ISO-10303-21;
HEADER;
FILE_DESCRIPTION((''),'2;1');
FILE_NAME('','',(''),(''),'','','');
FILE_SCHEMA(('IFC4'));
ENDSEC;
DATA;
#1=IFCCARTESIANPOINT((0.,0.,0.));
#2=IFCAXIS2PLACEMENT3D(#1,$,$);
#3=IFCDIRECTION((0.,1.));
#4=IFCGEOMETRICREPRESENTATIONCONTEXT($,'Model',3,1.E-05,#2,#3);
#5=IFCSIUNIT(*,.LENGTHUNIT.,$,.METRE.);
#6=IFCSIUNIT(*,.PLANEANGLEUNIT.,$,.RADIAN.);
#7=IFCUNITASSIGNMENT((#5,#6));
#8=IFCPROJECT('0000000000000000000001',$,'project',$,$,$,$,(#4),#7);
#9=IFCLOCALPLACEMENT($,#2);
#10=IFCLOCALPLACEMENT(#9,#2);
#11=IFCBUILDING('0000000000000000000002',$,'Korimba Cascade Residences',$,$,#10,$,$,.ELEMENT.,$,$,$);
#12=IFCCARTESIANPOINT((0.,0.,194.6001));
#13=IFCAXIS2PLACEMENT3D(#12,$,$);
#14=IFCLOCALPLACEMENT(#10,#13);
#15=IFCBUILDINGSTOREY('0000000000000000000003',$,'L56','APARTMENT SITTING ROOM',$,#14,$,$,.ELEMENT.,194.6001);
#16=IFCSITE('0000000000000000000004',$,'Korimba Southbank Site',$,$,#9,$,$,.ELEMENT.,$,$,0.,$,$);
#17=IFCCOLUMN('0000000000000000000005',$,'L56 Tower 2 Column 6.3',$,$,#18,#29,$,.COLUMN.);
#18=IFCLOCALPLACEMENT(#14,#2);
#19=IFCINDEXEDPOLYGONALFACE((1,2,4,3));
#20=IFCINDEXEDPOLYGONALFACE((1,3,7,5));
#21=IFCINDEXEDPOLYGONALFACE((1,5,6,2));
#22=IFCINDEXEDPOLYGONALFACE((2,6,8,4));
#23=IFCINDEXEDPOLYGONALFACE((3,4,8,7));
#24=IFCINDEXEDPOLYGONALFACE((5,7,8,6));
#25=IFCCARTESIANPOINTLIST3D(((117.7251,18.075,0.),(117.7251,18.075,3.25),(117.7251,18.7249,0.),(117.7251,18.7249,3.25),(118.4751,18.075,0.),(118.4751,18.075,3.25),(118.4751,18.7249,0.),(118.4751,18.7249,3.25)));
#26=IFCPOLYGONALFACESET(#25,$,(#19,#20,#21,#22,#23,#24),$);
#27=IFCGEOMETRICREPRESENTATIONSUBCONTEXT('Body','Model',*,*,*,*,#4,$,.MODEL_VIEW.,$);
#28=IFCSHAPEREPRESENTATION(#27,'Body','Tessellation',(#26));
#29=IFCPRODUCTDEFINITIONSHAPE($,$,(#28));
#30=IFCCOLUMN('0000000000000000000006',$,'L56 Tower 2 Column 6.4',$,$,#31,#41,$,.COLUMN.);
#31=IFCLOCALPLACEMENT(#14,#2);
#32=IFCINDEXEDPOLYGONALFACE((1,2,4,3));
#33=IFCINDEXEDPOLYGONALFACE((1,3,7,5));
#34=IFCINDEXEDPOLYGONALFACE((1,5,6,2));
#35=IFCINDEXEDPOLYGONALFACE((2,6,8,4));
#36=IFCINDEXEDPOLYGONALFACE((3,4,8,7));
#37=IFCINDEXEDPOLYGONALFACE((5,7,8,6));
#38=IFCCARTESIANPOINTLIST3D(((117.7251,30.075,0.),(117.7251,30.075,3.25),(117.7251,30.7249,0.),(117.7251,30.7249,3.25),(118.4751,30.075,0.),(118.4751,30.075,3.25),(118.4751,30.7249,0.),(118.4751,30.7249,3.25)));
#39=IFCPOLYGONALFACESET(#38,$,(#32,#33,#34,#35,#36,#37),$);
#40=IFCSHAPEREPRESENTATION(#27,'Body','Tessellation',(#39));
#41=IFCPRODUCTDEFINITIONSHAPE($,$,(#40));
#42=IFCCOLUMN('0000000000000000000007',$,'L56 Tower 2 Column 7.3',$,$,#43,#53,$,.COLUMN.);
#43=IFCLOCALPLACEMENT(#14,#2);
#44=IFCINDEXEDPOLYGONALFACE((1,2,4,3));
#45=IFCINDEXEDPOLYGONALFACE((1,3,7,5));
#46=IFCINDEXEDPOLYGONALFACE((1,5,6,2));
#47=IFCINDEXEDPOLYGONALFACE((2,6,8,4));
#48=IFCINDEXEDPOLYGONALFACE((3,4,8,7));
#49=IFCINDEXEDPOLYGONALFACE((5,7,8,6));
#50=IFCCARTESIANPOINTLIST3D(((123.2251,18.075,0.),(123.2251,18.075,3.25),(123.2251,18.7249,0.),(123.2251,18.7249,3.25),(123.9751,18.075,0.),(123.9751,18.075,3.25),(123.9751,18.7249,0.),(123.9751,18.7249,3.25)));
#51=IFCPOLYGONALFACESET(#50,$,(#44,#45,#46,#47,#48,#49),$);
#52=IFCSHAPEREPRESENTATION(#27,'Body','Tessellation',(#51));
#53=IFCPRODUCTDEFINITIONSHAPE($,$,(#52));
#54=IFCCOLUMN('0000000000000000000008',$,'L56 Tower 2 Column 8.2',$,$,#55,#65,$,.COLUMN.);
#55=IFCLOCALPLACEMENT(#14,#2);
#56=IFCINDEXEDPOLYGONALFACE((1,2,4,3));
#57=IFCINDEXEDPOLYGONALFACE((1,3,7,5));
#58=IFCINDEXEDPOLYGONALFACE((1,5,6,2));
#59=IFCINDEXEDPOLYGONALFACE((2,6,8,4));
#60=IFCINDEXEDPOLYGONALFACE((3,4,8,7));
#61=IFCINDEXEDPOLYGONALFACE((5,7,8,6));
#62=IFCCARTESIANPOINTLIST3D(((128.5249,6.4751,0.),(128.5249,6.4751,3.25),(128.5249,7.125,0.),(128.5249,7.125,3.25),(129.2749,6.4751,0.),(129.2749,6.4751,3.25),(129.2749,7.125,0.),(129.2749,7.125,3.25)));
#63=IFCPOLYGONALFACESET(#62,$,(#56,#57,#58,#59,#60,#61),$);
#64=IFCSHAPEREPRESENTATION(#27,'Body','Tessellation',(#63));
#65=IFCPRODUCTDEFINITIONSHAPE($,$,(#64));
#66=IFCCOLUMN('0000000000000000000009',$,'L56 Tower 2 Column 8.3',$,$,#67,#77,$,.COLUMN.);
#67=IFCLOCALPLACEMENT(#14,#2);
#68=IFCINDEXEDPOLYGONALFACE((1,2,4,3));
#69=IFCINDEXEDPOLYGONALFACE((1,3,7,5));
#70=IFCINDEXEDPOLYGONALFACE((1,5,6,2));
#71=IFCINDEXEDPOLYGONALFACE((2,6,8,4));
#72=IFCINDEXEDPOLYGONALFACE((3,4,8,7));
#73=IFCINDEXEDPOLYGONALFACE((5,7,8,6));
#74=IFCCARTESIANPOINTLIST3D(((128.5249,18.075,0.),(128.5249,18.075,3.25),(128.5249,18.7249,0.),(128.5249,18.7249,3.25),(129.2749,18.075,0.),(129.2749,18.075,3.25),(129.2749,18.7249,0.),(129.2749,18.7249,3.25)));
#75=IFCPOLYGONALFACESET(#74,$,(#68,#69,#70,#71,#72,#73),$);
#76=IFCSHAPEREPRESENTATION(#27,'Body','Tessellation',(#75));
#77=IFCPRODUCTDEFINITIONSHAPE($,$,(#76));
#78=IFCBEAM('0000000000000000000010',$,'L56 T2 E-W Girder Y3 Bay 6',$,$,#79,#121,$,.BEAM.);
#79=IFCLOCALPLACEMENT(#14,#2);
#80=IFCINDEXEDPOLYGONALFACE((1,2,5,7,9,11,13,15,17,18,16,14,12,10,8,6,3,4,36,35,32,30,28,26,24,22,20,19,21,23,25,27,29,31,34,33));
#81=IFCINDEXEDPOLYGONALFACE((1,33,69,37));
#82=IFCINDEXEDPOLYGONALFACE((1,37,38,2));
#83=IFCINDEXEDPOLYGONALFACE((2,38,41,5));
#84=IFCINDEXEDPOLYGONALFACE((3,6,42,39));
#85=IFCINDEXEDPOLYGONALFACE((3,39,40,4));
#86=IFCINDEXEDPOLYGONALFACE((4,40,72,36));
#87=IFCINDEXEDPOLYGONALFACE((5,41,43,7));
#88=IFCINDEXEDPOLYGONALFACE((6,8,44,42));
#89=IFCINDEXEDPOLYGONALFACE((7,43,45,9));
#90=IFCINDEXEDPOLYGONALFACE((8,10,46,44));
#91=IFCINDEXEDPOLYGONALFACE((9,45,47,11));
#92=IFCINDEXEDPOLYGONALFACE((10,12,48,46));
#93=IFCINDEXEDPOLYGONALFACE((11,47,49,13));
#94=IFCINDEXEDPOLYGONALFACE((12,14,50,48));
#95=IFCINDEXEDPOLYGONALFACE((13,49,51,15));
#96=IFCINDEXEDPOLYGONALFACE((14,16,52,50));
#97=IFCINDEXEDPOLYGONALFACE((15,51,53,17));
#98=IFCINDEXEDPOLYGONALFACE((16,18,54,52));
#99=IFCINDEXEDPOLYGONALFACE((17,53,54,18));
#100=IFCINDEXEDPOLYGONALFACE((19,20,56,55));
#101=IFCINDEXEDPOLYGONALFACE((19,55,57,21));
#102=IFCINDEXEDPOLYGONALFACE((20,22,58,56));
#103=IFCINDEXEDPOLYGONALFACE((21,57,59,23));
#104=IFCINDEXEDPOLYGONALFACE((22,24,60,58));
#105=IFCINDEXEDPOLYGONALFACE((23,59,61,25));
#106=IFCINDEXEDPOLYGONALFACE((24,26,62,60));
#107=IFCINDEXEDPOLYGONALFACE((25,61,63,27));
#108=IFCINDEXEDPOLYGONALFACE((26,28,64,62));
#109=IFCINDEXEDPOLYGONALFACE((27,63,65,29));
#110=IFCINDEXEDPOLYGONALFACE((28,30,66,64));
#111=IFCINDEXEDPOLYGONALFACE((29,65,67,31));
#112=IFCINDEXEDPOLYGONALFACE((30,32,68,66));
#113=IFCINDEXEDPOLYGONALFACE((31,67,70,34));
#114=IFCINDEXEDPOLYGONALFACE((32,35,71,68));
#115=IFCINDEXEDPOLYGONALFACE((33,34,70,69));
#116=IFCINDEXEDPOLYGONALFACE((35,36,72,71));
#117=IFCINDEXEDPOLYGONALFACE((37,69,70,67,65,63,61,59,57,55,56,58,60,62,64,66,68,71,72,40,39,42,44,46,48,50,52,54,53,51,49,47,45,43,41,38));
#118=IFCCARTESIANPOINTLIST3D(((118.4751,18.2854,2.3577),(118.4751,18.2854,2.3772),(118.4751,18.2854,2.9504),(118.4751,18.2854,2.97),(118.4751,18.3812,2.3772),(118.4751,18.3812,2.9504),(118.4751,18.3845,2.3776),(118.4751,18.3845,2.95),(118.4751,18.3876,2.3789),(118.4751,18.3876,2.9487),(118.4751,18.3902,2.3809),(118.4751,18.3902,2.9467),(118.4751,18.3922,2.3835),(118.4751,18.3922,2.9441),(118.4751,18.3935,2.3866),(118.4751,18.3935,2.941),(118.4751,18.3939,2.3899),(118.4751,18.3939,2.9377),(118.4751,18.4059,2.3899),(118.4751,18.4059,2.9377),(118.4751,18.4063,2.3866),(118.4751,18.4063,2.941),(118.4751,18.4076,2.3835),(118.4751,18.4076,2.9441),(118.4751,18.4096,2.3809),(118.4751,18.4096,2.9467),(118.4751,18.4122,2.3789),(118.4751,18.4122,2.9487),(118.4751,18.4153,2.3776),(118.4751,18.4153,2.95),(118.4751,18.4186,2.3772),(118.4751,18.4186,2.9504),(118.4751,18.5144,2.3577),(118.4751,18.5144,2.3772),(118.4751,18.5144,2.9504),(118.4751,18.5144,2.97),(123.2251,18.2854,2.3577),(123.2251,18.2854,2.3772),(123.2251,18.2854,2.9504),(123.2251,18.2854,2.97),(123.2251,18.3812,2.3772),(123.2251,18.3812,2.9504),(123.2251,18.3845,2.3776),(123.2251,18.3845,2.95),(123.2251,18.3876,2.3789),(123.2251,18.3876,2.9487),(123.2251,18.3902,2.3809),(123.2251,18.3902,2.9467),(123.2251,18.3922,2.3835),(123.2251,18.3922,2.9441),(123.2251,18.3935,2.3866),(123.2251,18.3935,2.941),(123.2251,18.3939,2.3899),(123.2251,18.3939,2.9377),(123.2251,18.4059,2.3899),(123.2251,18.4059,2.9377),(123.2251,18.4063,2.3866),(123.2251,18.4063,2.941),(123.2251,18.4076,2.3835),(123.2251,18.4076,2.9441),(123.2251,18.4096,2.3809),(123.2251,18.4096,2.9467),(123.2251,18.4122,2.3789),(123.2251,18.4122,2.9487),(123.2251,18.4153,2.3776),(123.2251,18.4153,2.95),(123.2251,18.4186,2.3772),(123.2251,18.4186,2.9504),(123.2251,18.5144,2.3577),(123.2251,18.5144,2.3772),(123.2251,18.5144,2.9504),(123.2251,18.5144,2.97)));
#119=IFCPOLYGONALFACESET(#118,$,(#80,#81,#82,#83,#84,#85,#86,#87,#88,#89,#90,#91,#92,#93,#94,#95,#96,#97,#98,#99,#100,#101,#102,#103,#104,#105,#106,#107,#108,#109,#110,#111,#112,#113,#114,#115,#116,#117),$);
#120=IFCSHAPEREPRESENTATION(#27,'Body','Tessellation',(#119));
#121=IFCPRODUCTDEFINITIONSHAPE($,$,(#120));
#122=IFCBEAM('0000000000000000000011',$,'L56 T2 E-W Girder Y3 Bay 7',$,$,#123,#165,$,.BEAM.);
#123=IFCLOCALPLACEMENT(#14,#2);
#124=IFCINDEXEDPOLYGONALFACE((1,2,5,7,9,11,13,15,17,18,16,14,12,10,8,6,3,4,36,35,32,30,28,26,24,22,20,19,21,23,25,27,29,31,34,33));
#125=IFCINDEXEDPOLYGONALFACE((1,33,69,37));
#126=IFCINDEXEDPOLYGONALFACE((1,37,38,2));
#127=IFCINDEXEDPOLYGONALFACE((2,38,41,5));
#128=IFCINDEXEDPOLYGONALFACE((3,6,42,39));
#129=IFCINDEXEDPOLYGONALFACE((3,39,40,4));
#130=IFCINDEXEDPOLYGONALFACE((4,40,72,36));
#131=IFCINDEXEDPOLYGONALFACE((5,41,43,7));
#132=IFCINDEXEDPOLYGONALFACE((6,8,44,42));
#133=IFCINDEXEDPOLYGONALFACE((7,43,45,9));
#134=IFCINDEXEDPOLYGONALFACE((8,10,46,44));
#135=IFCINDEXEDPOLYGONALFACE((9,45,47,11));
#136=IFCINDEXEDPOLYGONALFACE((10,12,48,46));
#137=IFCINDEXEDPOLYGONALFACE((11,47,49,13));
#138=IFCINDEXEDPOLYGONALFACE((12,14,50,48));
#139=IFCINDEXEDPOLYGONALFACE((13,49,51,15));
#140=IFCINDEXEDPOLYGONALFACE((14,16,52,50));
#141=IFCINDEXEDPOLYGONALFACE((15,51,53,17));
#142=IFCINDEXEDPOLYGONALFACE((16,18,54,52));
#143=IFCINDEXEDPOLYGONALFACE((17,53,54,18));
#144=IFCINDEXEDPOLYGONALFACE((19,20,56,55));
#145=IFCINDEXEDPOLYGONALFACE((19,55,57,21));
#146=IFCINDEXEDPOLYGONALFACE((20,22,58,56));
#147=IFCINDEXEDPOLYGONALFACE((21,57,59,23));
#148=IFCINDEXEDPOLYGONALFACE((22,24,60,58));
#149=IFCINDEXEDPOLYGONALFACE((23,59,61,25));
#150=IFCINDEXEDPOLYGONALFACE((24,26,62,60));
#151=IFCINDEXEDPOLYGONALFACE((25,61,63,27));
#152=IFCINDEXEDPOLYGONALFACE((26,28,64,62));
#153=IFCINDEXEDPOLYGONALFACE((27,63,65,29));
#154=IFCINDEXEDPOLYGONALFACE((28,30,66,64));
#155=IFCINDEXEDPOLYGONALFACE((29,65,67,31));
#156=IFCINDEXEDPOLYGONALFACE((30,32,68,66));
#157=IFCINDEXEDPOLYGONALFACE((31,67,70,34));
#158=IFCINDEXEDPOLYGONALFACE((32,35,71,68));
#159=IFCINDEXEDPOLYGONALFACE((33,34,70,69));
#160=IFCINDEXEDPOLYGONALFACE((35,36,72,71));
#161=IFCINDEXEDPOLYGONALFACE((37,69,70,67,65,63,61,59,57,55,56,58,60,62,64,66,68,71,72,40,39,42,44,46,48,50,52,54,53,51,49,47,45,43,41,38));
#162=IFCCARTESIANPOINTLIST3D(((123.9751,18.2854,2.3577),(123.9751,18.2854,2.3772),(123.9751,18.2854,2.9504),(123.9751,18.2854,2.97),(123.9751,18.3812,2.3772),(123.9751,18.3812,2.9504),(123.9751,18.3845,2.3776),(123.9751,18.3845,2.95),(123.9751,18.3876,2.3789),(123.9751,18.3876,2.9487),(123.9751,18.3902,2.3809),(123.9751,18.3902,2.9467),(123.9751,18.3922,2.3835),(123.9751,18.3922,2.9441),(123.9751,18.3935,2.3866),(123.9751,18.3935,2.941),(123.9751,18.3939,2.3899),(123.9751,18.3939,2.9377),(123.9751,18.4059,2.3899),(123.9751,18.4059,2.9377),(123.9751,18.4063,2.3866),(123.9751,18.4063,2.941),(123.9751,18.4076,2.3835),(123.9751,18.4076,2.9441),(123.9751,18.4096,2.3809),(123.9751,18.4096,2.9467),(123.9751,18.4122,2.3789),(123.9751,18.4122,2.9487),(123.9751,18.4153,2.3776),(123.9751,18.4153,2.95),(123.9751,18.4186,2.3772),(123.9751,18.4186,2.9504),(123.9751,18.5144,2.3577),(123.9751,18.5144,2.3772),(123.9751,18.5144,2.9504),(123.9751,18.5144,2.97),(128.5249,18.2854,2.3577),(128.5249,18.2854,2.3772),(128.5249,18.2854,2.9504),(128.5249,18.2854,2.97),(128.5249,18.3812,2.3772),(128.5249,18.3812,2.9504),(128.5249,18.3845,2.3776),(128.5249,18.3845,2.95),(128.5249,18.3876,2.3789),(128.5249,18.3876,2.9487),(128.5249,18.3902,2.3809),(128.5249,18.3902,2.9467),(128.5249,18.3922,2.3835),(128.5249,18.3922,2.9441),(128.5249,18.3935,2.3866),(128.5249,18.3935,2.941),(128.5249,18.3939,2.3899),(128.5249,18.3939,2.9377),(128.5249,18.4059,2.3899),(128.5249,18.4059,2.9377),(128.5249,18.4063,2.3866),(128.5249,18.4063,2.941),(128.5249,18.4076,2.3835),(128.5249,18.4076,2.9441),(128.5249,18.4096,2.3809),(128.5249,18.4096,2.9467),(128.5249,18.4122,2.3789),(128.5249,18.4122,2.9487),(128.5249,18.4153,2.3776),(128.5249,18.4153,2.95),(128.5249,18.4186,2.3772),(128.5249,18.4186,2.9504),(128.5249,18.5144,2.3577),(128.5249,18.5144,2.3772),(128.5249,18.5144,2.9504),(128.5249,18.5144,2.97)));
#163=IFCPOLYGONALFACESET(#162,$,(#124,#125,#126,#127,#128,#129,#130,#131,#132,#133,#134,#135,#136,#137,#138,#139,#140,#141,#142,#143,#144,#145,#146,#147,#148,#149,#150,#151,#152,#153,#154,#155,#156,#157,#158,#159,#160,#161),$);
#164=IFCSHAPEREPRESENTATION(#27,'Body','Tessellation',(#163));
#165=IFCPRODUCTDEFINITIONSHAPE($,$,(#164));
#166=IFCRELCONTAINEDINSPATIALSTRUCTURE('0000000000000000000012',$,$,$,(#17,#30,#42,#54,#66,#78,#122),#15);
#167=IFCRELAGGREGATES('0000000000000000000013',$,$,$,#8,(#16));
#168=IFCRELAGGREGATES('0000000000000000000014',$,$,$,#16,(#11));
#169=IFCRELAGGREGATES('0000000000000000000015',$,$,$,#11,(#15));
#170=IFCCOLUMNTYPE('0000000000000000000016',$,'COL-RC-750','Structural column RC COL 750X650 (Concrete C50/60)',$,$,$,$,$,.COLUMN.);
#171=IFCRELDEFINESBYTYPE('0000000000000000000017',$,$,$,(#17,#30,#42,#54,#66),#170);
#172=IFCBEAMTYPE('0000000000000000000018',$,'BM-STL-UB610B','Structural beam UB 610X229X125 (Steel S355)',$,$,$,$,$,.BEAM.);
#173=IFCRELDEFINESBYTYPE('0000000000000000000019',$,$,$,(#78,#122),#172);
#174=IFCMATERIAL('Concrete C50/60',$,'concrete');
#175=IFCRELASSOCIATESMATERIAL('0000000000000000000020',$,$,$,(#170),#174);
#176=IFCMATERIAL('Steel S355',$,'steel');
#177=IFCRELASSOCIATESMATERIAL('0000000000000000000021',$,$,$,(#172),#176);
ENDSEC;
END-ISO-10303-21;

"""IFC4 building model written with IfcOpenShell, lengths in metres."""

from ifc_helpers import new_model, si_unit, direction, frame, origin, origin_2d, place, context, subcontext, project, spatial, rectangle, i_section, extrude, material, material_profile, profile_set, type_object, element, save


model = new_model("IFC4")

# Units and contexts
model_context = context("Model", 3, precision=1e-05, world=origin(), true_north=direction((0.0, 1.0)))
body_context = subcontext(model_context, "Body", "Model", "MODEL_VIEW")
ifc_project = project(units=[si_unit("LENGTHUNIT", "METRE"), si_unit("PLANEANGLEUNIT", "RADIAN")], contexts=[model_context])

# Site, building, storey
site_placement = place(None, origin())
site = spatial("IfcSite", under=ifc_project, at=site_placement, Name="Korimba Southbank Site", CompositionType="ELEMENT", RefElevation=0.0)
building_placement = place(site_placement, origin())
building = spatial("IfcBuilding", under=site, at=building_placement, Name="Korimba Cascade Residences", CompositionType="ELEMENT")
storey_placement = place(building_placement, frame((0.0, 0.0, 194.6001)))
storey = spatial("IfcBuildingStorey", under=building, at=storey_placement, Name="L56", Description="APARTMENT SITTING ROOM", CompositionType="ELEMENT", Elevation=194.6001)

# Columns
ifc_material_1 = material(Name="Concrete C50/60", Category="concrete")
ifc_material_profile_1 = material_profile(ifc_material_1, rectangle(XDim=0.75, YDim=0.6499, at=origin_2d()), Name="Concrete C50/60")
ifc_profile_set_1 = profile_set([ifc_material_profile_1], Name="Concrete C50/60")
column_type = type_object("IfcColumnType", Name="COL-RC-750", Description="Structural column RC COL 750X650 (Concrete C50/60)", PredefinedType="COLUMN", material=ifc_profile_set_1)
for number, where, z_axis, x_axis, name in (
    (1, (118.1001, 18.3999, 0.0), (0.0, 0.0, 1.0), (1.0, 0.0, 0.0), "L56 Tower 2 Column 6.3"),
    (2, (118.1001, 30.3999, 0.0), (0.0, 0.0, 1.0), (1.0, 0.0, 0.0), "L56 Tower 2 Column 6.4"),
    (3, (123.6001, 18.3999, 0.0), (0.0, 0.0, 1.0), (1.0, 0.0, 0.0), "L56 Tower 2 Column 7.3"),
    (4, (128.8999, 6.8, 0.0), (0.0, 0.0, 1.0), (1.0, 0.0, 0.0), "L56 Tower 2 Column 8.2"),
    (5, (128.8999, 18.3999, 0.0), (0.0, 0.0, 1.0), (1.0, 0.0, 0.0), "L56 Tower 2 Column 8.3"),
):
    element("IfcColumn", number, at=place(storey_placement, frame(where, z_axis=z_axis, x_axis=x_axis)), inside=storey, type_object=column_type, Name=name, PredefinedType="COLUMN", context=body_context, shape_type="SweptSolid", body=[
        extrude(rectangle(XDim=0.75, YDim=0.6499, at=origin_2d()), origin(), (0.0, 0.0, 1.0), 3.25),
    ])

# Beams
ifc_material_2 = material(Name="Steel S355", Category="steel")
ifc_material_profile_2 = material_profile(ifc_material_2, i_section(OverallWidth=0.229, OverallDepth=0.6123, WebThickness=0.012, FlangeThickness=0.0195, FilletRadius=0.0127, at=origin_2d()), Name="Steel S355")
ifc_profile_set_2 = profile_set([ifc_material_profile_2], Name="Steel S355")
beam_type_1 = type_object("IfcBeamType", Name="BM-STL-UB610B", Description="Structural beam UB 610X229X125 (Steel S355)", PredefinedType="BEAM", material=ifc_profile_set_2)
beam_1_placement = place(storey_placement, frame((118.4751, 18.3999, 2.6638), z_axis=(1.0, 0.0, 0.0), x_axis=(0.0, 1.0, 0.0)))
element("IfcBeam", 6, at=beam_1_placement, inside=storey, type_object=beam_type_1, Name="L56 T2 E-W Girder Y3 Bay 6", PredefinedType="BEAM", context=body_context, shape_type="SweptSolid", body=[
    extrude(i_section(OverallWidth=0.229, OverallDepth=0.6123, WebThickness=0.012, FlangeThickness=0.0195, FilletRadius=0.0127, at=origin_2d()), origin(), (0.0, 0.0, 1.0), 4.75),
])
beam_2_placement = place(storey_placement, frame((123.9751, 18.3999, 2.6638), z_axis=(1.0, 0.0, 0.0), x_axis=(0.0, 1.0, 0.0)))
element("IfcBeam", 7, at=beam_2_placement, inside=storey, type_object=beam_type_1, Name="L56 T2 E-W Girder Y3 Bay 7", PredefinedType="BEAM", context=body_context, shape_type="SweptSolid", body=[
    extrude(i_section(OverallWidth=0.229, OverallDepth=0.6123, WebThickness=0.012, FlangeThickness=0.0195, FilletRadius=0.0127, at=origin_2d()), origin(), (0.0, 0.0, 1.0), 4.5498),
])

save(model, "model.ifc")
